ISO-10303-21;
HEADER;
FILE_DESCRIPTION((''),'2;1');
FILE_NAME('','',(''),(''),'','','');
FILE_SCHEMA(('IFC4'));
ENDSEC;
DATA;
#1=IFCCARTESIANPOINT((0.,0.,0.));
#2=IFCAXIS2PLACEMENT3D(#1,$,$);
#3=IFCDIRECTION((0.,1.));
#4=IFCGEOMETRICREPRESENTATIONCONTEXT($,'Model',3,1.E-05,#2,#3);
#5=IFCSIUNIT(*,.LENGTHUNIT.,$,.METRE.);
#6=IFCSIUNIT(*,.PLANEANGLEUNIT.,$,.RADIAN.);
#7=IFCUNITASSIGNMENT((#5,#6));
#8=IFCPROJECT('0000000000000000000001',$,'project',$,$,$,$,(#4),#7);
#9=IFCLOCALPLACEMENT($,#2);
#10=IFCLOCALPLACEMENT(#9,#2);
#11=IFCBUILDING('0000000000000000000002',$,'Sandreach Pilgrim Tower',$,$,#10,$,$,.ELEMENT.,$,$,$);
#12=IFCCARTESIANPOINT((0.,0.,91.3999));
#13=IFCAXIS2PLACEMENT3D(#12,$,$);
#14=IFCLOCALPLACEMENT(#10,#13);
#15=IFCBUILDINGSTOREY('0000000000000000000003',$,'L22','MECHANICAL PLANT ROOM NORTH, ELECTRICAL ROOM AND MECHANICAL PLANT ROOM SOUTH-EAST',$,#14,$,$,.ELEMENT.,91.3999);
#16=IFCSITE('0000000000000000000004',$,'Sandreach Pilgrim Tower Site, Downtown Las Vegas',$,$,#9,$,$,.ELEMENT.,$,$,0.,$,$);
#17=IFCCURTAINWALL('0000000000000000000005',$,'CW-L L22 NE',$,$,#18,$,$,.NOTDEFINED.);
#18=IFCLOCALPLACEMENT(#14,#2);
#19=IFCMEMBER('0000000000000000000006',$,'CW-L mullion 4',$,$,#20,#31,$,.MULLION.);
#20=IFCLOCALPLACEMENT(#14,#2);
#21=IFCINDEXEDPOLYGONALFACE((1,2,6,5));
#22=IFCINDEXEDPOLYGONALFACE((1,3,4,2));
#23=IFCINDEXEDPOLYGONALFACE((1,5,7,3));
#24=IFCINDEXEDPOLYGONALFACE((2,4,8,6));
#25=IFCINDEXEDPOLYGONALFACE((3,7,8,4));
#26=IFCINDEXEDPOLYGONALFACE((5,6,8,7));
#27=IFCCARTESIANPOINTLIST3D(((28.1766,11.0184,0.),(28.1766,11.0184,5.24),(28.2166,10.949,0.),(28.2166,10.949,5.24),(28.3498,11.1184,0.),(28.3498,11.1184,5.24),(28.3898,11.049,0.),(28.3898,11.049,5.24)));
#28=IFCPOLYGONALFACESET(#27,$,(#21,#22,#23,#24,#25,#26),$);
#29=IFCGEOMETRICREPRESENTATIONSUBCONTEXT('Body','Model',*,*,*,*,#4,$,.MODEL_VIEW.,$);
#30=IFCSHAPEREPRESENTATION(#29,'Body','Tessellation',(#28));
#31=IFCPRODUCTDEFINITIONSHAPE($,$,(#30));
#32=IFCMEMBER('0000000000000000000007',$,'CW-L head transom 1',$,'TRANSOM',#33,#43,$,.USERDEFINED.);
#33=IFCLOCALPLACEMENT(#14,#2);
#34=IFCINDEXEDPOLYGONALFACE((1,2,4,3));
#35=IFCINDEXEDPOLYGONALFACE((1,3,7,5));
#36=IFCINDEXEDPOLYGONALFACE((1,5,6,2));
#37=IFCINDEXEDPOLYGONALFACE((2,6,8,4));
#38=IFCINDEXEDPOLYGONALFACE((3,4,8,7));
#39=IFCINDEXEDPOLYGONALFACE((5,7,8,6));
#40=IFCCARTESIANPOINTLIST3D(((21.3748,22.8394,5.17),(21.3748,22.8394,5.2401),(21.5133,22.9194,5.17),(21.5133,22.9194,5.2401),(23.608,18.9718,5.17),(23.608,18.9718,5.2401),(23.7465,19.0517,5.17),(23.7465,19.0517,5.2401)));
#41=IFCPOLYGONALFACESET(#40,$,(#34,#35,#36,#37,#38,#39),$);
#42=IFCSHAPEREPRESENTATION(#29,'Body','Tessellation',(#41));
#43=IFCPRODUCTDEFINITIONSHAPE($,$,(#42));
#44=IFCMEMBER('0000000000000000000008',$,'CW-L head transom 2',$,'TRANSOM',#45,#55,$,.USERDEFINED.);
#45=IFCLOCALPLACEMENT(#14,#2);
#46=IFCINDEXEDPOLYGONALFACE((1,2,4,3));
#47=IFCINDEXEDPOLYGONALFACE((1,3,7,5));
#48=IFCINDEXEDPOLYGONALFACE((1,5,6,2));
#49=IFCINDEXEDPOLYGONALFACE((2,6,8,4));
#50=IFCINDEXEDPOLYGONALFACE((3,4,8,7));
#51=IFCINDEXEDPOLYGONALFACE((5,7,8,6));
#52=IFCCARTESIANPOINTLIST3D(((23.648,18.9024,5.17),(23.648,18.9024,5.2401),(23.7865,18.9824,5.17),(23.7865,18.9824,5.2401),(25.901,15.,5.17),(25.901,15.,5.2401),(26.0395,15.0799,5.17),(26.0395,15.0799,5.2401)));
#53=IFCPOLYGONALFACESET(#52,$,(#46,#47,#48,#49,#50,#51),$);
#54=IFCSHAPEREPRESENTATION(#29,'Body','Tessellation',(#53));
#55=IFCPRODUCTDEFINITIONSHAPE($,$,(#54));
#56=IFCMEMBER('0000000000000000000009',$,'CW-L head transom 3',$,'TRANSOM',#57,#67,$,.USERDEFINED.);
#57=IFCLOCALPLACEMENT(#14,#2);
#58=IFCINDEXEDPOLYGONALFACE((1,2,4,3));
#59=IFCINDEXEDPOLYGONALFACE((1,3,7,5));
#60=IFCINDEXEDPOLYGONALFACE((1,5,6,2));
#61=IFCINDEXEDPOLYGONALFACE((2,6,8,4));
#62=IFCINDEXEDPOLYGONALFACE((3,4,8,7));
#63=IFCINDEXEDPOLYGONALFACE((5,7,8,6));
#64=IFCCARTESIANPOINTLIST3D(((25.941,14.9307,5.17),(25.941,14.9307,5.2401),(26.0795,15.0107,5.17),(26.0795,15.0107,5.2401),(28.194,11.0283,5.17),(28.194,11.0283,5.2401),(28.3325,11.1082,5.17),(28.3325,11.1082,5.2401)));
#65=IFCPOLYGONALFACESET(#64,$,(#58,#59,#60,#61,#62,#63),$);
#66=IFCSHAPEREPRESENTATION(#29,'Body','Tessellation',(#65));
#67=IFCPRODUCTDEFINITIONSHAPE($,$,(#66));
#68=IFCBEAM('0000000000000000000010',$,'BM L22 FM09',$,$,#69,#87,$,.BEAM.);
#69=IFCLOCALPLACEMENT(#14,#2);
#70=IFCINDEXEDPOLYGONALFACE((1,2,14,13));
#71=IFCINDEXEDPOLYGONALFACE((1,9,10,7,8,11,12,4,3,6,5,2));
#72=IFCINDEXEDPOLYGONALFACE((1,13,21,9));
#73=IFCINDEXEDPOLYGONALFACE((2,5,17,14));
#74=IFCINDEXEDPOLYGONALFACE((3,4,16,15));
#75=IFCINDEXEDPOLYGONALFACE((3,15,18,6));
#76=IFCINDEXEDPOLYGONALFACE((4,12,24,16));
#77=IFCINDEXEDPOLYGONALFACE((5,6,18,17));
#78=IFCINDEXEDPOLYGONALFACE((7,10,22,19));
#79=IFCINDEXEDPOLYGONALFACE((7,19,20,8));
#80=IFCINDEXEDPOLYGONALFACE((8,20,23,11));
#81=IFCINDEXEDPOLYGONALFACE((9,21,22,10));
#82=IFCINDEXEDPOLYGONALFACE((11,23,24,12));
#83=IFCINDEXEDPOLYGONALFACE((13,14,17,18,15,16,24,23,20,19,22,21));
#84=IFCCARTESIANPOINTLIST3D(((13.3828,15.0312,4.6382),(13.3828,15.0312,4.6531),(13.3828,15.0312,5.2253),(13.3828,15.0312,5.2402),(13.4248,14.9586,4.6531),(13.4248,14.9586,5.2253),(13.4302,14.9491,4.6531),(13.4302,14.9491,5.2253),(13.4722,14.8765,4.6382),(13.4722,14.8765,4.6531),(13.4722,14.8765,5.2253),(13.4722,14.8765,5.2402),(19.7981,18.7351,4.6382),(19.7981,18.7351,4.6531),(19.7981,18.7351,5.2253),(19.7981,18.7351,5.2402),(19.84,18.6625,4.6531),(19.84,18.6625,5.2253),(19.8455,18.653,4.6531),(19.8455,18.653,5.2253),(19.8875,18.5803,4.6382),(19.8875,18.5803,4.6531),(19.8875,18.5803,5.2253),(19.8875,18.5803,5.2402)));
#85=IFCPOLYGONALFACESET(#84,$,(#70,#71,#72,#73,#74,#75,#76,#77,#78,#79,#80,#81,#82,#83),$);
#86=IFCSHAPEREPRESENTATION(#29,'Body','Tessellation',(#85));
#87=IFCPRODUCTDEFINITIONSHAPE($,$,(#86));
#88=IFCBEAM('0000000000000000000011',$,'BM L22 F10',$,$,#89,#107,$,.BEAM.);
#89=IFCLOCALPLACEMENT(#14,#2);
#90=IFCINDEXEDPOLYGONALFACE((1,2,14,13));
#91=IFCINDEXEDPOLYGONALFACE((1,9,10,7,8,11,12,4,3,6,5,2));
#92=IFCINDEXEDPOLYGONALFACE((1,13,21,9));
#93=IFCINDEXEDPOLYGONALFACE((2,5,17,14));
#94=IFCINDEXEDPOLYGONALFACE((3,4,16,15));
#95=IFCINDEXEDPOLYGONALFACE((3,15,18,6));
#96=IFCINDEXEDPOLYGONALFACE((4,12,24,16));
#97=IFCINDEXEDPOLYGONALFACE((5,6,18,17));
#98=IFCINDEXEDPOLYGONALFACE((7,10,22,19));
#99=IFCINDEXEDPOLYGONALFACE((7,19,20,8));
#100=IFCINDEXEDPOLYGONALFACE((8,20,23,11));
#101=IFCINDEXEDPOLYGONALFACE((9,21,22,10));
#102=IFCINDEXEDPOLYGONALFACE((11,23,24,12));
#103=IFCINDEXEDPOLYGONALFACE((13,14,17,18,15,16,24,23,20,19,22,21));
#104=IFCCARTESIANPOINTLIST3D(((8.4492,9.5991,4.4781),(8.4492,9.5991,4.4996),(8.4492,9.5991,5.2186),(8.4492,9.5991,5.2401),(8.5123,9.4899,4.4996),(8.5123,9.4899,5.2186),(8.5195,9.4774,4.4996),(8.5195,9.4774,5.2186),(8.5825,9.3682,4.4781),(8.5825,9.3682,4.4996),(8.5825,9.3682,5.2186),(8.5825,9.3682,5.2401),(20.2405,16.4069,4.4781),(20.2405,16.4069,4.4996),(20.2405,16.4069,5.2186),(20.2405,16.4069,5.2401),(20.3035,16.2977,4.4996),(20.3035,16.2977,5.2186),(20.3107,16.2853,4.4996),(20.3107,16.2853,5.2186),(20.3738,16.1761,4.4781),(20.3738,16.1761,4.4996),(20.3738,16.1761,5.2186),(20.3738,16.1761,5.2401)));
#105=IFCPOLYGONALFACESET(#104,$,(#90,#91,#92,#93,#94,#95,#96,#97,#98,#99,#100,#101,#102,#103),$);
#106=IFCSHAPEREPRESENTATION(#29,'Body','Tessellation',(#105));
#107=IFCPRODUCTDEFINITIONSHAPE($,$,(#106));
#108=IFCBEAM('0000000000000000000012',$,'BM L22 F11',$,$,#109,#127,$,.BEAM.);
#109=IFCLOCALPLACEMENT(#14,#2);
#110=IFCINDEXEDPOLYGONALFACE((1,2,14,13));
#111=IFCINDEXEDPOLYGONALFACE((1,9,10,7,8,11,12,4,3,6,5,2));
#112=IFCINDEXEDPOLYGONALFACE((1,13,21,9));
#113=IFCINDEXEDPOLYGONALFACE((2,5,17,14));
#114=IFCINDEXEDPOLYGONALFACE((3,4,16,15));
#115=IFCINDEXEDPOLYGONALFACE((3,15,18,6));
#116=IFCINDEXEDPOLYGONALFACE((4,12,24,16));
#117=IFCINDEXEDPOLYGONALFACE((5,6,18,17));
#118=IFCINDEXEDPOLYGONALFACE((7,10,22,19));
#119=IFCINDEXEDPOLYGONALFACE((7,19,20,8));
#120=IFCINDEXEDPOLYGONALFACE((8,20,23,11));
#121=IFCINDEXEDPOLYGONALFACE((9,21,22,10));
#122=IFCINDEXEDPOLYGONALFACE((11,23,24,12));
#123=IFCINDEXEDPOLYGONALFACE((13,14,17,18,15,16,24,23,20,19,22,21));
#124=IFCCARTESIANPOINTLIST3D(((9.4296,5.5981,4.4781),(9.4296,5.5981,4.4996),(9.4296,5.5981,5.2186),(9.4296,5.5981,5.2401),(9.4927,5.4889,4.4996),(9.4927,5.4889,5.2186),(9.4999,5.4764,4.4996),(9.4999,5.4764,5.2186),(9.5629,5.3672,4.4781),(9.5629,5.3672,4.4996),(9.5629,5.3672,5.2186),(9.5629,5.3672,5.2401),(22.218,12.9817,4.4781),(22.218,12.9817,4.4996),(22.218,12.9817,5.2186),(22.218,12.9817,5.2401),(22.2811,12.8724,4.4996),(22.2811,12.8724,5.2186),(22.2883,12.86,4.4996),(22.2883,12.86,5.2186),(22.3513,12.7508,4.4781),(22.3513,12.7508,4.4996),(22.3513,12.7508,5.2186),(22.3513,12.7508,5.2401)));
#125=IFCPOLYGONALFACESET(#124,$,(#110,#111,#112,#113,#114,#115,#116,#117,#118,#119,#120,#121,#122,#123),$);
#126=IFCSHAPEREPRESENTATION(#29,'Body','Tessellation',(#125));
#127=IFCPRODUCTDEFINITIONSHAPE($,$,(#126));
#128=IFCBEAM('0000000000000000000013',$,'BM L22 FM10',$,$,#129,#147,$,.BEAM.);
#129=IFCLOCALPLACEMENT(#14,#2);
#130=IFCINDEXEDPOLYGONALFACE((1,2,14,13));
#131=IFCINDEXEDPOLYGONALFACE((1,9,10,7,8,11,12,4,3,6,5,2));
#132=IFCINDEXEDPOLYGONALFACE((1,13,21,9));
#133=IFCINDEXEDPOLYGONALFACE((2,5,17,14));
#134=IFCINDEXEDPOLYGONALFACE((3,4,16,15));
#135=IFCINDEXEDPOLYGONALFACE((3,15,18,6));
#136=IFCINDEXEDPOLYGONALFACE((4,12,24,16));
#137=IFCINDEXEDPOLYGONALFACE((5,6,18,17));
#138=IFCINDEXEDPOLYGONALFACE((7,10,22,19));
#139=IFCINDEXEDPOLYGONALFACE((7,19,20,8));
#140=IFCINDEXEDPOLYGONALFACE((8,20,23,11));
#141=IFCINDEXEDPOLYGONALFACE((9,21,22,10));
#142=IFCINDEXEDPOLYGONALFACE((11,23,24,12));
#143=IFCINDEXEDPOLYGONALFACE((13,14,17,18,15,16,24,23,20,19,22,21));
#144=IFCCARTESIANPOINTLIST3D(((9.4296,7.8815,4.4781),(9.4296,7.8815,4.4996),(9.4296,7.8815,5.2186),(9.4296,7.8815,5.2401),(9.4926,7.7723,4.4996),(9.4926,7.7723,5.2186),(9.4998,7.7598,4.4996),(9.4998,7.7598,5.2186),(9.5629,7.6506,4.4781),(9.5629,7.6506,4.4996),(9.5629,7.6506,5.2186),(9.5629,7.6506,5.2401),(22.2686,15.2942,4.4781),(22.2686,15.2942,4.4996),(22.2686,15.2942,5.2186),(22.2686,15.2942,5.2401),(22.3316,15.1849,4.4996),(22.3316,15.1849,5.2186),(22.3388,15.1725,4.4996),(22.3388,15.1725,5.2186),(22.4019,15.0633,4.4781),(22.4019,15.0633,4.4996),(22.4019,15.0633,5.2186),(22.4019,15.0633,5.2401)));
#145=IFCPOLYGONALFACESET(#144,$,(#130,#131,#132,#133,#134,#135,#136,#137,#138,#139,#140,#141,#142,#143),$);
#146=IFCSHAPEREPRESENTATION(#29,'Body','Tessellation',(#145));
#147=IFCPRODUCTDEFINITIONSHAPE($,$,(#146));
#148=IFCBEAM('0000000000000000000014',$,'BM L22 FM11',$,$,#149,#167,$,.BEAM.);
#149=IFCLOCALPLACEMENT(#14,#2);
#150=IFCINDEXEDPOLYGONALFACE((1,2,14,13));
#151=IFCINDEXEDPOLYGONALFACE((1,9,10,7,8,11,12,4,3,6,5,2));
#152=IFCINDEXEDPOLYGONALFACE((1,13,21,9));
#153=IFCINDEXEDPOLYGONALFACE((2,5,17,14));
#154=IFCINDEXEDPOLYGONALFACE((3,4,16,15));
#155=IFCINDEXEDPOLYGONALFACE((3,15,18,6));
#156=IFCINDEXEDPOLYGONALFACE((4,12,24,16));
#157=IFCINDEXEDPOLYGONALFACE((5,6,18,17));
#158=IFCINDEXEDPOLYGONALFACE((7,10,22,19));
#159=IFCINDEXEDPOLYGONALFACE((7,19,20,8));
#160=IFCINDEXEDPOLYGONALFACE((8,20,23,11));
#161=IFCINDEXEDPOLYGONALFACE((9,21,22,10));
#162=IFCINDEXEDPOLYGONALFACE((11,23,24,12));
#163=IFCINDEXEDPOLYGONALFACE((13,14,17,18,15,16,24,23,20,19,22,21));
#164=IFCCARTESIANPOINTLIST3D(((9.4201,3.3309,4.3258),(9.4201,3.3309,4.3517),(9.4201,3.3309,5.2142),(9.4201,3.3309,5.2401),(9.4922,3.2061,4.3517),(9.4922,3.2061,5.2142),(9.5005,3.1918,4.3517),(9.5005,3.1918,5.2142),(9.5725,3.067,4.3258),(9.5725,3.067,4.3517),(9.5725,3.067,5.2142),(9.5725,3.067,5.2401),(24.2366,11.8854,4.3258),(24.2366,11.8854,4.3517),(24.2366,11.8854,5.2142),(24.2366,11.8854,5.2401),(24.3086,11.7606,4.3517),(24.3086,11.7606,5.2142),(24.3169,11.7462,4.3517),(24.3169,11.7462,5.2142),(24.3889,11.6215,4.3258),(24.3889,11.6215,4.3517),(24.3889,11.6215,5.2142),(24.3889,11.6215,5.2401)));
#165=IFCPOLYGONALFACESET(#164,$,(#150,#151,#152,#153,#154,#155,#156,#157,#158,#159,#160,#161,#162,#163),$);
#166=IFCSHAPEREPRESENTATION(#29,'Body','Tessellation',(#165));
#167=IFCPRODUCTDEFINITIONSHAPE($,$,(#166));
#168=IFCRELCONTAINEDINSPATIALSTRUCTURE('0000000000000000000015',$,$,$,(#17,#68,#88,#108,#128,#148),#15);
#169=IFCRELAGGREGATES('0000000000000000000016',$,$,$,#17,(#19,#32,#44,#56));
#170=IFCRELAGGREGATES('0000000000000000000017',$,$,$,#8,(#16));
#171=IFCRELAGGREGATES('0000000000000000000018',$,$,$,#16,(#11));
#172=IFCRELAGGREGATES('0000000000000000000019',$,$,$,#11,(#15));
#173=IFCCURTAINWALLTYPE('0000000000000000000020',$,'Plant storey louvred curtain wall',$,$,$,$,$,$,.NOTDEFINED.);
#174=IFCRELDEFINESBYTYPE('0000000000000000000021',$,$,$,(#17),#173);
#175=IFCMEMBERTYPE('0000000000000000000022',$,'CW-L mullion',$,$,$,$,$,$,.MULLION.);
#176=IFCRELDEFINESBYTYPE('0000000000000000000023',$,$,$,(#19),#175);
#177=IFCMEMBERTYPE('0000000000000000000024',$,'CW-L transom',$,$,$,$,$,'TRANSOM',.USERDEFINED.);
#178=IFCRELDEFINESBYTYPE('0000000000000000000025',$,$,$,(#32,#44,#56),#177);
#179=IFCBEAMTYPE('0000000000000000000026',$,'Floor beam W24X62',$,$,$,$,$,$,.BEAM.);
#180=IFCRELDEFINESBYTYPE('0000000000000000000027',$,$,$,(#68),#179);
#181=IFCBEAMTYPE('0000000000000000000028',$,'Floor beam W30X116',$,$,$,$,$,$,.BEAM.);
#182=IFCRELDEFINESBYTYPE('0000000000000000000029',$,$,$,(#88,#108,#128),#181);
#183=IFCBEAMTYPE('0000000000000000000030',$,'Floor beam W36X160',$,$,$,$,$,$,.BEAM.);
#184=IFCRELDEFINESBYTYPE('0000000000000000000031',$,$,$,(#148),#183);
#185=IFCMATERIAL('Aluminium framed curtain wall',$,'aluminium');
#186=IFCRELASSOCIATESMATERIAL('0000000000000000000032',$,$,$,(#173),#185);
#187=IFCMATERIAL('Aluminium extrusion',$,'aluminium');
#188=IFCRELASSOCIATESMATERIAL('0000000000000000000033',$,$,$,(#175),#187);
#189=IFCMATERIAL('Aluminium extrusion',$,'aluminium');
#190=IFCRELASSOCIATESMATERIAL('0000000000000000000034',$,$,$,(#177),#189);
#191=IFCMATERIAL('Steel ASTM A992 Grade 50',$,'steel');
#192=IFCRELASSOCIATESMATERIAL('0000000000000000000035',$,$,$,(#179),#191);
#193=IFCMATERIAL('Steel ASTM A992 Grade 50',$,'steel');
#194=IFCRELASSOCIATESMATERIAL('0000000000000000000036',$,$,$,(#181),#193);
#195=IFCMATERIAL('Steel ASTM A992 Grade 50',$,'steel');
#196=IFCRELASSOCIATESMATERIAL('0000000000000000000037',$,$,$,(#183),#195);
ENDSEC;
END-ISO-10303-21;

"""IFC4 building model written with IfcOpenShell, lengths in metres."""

from ifc_helpers import new_model, si_unit, direction, frame, origin, origin_2d, place, context, subcontext, project, spatial, rectangle, i_section, extrude, material, material_profile, profile_set, type_object, element, aggregate, save


model = new_model("IFC4")

# Units and contexts
model_context = context("Model", 3, precision=1e-05, world=origin(), true_north=direction((0.0, 1.0)))
body_context = subcontext(model_context, "Body", "Model", "MODEL_VIEW")
ifc_project = project(units=[si_unit("LENGTHUNIT", "METRE"), si_unit("PLANEANGLEUNIT", "RADIAN")], contexts=[model_context])

# Site, building, storey
site_placement = place(None, origin())
site = spatial("IfcSite", under=ifc_project, at=site_placement, Name="Sandreach Pilgrim Tower Site, Downtown Las Vegas", CompositionType="ELEMENT", RefElevation=0.0)
building_placement = place(site_placement, origin())
building = spatial("IfcBuilding", under=site, at=building_placement, Name="Sandreach Pilgrim Tower", CompositionType="ELEMENT")
storey_placement = place(building_placement, frame((0.0, 0.0, 91.3999)))
storey = spatial("IfcBuildingStorey", under=building, at=storey_placement, Name="L22", Description="MECHANICAL PLANT ROOM NORTH, ELECTRICAL ROOM AND MECHANICAL PLANT ROOM SOUTH-EAST", CompositionType="ELEMENT", Elevation=91.3999)

# Shared definitions
ifc_material_1 = material(Name="Aluminium framed curtain wall", Category="aluminium")
curtain_wall_type = type_object("IfcCurtainWallType", Name="Plant storey louvred curtain wall", PredefinedType="NOTDEFINED", material=ifc_material_1)
ifc_material_2 = material(Name="Aluminium extrusion", Category="aluminium")
ifc_material_profile_1 = material_profile(ifc_material_2, rectangle(XDim=0.0801, YDim=0.2, at=origin_2d()), Name="CW-LM 80X200")
ifc_profile_set_1 = profile_set([ifc_material_profile_1], Name="Aluminium extrusion")
member_type_1 = type_object("IfcMemberType", Name="CW-L mullion", PredefinedType="MULLION", material=ifc_profile_set_1)

# Curtain wall, members
curtain_wall_1_placement = place(storey_placement, origin())
curtain_wall_1 = element("IfcCurtainWall", 1, at=curtain_wall_1_placement, inside=storey, type_object=curtain_wall_type, Name="CW-L L22 NE", PredefinedType="NOTDEFINED")
member_1_placement = place(storey_placement, frame((28.2832, 11.0337, 0.0), z_axis=(0.0, 0.0, 1.0), x_axis=(0.5, -0.866025, 0.0)))
member_1 = element("IfcMember", 2, at=member_1_placement, type_object=member_type_1, Name="CW-L mullion 4", PredefinedType="MULLION", context=body_context, shape_type="SweptSolid", body=[
    extrude(rectangle(XDim=0.0801, YDim=0.2, at=origin_2d()), origin(), (0.0, 0.0, 1.0), 5.24),
])
ifc_material_3 = material(Name="Aluminium extrusion", Category="aluminium")
ifc_material_profile_2 = material_profile(ifc_material_3, rectangle(XDim=0.1599, YDim=0.0701, at=origin_2d()), Name="CW-LT 160X70")
ifc_profile_set_2 = profile_set([ifc_material_profile_2], Name="Aluminium extrusion")
member_type_2 = type_object("IfcMemberType", Name="CW-L transom", ElementType="TRANSOM", PredefinedType="USERDEFINED", material=ifc_profile_set_2)
member_2_placement = place(storey_placement, frame((21.4441, 22.8794, 5.2051), z_axis=(0.500025, -0.866011, 0.0), x_axis=(0.866011, 0.500025, 0.0)))
member_2 = element("IfcMember", 3, at=member_2_placement, type_object=member_type_2, Name="CW-L head transom 1", ObjectType="TRANSOM", PredefinedType="USERDEFINED", context=body_context, shape_type="SweptSolid", body=[
    extrude(rectangle(XDim=0.1599, YDim=0.0701, at=origin_2d()), origin(), (0.0, 0.0, 1.0), 4.4661),
])
member_3_placement = place(storey_placement, frame((23.7173, 18.9424, 5.2051), z_axis=(0.499985, -0.866034, 0.0), x_axis=(0.866034, 0.499985, 0.0)))
member_3 = element("IfcMember", 4, at=member_3_placement, type_object=member_type_2, Name="CW-L head transom 2", ObjectType="TRANSOM", PredefinedType="USERDEFINED", context=body_context, shape_type="SweptSolid", body=[
    extrude(rectangle(XDim=0.1599, YDim=0.0701, at=origin_2d()), origin(), (0.0, 0.0, 1.0), 4.5061),
])
member_4_placement = place(storey_placement, frame((26.0103, 14.9707, 5.2051), z_axis=(0.499985, -0.866034, 0.0), x_axis=(0.866034, 0.499985, 0.0)))
member_4 = element("IfcMember", 5, at=member_4_placement, type_object=member_type_2, Name="CW-L head transom 3", ObjectType="TRANSOM", PredefinedType="USERDEFINED", context=body_context, shape_type="SweptSolid", body=[
    extrude(rectangle(XDim=0.1599, YDim=0.0701, at=origin_2d()), origin(), (0.0, 0.0, 1.0), 4.5061),
])

# Beams
ifc_material_4 = material(Name="Steel ASTM A992 Grade 50", Category="steel")
ifc_material_profile_3 = material_profile(ifc_material_4, i_section(OverallWidth=0.1787, OverallDepth=0.6021, WebThickness=0.011, FlangeThickness=0.0149, at=origin_2d()), Name="W24X62")
ifc_profile_set_3 = profile_set([ifc_material_profile_3], Name="Steel ASTM A992 Grade 50")
beam_type_1 = type_object("IfcBeamType", Name="Floor beam W24X62", PredefinedType="BEAM", material=ifc_profile_set_3)
beam_1_placement = place(storey_placement, frame((19.8428, 18.6577, 4.9392), z_axis=(-0.866026, -0.499999, 0.0), x_axis=(0.499999, -0.866026, 0.0)))
element("IfcBeam", 6, at=beam_1_placement, inside=storey, type_object=beam_type_1, Name="BM L22 FM09", PredefinedType="BEAM", context=body_context, shape_type="SweptSolid", body=[
    extrude(i_section(OverallWidth=0.1787, OverallDepth=0.6021, WebThickness=0.011, FlangeThickness=0.0149, at=origin_2d()), origin(), (0.0, 0.0, 1.0), 7.4077),
])
ifc_material_5 = material(Name="Steel ASTM A992 Grade 50", Category="steel")
ifc_material_profile_4 = material_profile(ifc_material_5, i_section(OverallWidth=0.2666, OverallDepth=0.762, WebThickness=0.0144, FlangeThickness=0.0215, at=origin_2d()), Name="W30X116")
ifc_profile_set_4 = profile_set([ifc_material_profile_4], Name="Steel ASTM A992 Grade 50")
beam_type_2 = type_object("IfcBeamType", Name="Floor beam W30X116", PredefinedType="BEAM", material=ifc_profile_set_4)
beam_2_placement = place(storey_placement, frame((20.3071, 16.2915, 4.8591), z_axis=(-0.86602, -0.50001, 0.0), x_axis=(0.50001, -0.86602, 0.0)))
element("IfcBeam", 7, at=beam_2_placement, inside=storey, type_object=beam_type_2, Name="BM L22 F10", PredefinedType="BEAM", context=body_context, shape_type="SweptSolid", body=[
    extrude(i_section(OverallWidth=0.2666, OverallDepth=0.762, WebThickness=0.0144, FlangeThickness=0.0215, at=origin_2d()), origin(), (0.0, 0.0, 1.0), 13.6155),
])
beam_3_placement = place(storey_placement, frame((22.2847, 12.8662, 4.8591), z_axis=(-0.86602, -0.50001, 0.0), x_axis=(0.50001, -0.86602, 0.0)))
element("IfcBeam", 8, at=beam_3_placement, inside=storey, type_object=beam_type_2, Name="BM L22 F11", PredefinedType="BEAM", context=body_context, shape_type="SweptSolid", body=[
    extrude(i_section(OverallWidth=0.2666, OverallDepth=0.762, WebThickness=0.0144, FlangeThickness=0.0215, at=origin_2d()), origin(), (0.0, 0.0, 1.0), 14.7668),
])
beam_4_placement = place(storey_placement, frame((22.3352, 15.1787, 4.8591), z_axis=(-0.866023, -0.500004, 0.0), x_axis=(0.500004, -0.866023, 0.0)))
element("IfcBeam", 9, at=beam_4_placement, inside=storey, type_object=beam_type_2, Name="BM L22 FM10", PredefinedType="BEAM", context=body_context, shape_type="SweptSolid", body=[
    extrude(i_section(OverallWidth=0.2666, OverallDepth=0.762, WebThickness=0.0144, FlangeThickness=0.0215, at=origin_2d()), origin(), (0.0, 0.0, 1.0), 14.8252),
])
ifc_material_6 = material(Name="Steel ASTM A992 Grade 50", Category="steel")
ifc_material_profile_5 = material_profile(ifc_material_6, i_section(OverallWidth=0.3047, OverallDepth=0.9143, WebThickness=0.0166, FlangeThickness=0.0259, at=origin_2d()), Name="W36X160")
ifc_profile_set_5 = profile_set([ifc_material_profile_5], Name="Steel ASTM A992 Grade 50")
beam_type_3 = type_object("IfcBeamType", Name="Floor beam W36X160", PredefinedType="BEAM", material=ifc_profile_set_5)
beam_5_placement = place(storey_placement, frame((24.3127, 11.7534, 4.783), z_axis=(-0.866021, -0.500008, 0.0), x_axis=(0.500008, -0.866021, 0.0)))
element("IfcBeam", 10, at=beam_5_placement, inside=storey, type_object=beam_type_3, Name="BM L22 FM11", PredefinedType="BEAM", context=body_context, shape_type="SweptSolid", body=[
    extrude(i_section(OverallWidth=0.3047, OverallDepth=0.9143, WebThickness=0.0166, FlangeThickness=0.0259, at=origin_2d()), origin(), (0.0, 0.0, 1.0), 17.1086),
])

aggregate(curtain_wall_1, [member_1, member_2, member_3, member_4])

save(model, "model.ifc")
